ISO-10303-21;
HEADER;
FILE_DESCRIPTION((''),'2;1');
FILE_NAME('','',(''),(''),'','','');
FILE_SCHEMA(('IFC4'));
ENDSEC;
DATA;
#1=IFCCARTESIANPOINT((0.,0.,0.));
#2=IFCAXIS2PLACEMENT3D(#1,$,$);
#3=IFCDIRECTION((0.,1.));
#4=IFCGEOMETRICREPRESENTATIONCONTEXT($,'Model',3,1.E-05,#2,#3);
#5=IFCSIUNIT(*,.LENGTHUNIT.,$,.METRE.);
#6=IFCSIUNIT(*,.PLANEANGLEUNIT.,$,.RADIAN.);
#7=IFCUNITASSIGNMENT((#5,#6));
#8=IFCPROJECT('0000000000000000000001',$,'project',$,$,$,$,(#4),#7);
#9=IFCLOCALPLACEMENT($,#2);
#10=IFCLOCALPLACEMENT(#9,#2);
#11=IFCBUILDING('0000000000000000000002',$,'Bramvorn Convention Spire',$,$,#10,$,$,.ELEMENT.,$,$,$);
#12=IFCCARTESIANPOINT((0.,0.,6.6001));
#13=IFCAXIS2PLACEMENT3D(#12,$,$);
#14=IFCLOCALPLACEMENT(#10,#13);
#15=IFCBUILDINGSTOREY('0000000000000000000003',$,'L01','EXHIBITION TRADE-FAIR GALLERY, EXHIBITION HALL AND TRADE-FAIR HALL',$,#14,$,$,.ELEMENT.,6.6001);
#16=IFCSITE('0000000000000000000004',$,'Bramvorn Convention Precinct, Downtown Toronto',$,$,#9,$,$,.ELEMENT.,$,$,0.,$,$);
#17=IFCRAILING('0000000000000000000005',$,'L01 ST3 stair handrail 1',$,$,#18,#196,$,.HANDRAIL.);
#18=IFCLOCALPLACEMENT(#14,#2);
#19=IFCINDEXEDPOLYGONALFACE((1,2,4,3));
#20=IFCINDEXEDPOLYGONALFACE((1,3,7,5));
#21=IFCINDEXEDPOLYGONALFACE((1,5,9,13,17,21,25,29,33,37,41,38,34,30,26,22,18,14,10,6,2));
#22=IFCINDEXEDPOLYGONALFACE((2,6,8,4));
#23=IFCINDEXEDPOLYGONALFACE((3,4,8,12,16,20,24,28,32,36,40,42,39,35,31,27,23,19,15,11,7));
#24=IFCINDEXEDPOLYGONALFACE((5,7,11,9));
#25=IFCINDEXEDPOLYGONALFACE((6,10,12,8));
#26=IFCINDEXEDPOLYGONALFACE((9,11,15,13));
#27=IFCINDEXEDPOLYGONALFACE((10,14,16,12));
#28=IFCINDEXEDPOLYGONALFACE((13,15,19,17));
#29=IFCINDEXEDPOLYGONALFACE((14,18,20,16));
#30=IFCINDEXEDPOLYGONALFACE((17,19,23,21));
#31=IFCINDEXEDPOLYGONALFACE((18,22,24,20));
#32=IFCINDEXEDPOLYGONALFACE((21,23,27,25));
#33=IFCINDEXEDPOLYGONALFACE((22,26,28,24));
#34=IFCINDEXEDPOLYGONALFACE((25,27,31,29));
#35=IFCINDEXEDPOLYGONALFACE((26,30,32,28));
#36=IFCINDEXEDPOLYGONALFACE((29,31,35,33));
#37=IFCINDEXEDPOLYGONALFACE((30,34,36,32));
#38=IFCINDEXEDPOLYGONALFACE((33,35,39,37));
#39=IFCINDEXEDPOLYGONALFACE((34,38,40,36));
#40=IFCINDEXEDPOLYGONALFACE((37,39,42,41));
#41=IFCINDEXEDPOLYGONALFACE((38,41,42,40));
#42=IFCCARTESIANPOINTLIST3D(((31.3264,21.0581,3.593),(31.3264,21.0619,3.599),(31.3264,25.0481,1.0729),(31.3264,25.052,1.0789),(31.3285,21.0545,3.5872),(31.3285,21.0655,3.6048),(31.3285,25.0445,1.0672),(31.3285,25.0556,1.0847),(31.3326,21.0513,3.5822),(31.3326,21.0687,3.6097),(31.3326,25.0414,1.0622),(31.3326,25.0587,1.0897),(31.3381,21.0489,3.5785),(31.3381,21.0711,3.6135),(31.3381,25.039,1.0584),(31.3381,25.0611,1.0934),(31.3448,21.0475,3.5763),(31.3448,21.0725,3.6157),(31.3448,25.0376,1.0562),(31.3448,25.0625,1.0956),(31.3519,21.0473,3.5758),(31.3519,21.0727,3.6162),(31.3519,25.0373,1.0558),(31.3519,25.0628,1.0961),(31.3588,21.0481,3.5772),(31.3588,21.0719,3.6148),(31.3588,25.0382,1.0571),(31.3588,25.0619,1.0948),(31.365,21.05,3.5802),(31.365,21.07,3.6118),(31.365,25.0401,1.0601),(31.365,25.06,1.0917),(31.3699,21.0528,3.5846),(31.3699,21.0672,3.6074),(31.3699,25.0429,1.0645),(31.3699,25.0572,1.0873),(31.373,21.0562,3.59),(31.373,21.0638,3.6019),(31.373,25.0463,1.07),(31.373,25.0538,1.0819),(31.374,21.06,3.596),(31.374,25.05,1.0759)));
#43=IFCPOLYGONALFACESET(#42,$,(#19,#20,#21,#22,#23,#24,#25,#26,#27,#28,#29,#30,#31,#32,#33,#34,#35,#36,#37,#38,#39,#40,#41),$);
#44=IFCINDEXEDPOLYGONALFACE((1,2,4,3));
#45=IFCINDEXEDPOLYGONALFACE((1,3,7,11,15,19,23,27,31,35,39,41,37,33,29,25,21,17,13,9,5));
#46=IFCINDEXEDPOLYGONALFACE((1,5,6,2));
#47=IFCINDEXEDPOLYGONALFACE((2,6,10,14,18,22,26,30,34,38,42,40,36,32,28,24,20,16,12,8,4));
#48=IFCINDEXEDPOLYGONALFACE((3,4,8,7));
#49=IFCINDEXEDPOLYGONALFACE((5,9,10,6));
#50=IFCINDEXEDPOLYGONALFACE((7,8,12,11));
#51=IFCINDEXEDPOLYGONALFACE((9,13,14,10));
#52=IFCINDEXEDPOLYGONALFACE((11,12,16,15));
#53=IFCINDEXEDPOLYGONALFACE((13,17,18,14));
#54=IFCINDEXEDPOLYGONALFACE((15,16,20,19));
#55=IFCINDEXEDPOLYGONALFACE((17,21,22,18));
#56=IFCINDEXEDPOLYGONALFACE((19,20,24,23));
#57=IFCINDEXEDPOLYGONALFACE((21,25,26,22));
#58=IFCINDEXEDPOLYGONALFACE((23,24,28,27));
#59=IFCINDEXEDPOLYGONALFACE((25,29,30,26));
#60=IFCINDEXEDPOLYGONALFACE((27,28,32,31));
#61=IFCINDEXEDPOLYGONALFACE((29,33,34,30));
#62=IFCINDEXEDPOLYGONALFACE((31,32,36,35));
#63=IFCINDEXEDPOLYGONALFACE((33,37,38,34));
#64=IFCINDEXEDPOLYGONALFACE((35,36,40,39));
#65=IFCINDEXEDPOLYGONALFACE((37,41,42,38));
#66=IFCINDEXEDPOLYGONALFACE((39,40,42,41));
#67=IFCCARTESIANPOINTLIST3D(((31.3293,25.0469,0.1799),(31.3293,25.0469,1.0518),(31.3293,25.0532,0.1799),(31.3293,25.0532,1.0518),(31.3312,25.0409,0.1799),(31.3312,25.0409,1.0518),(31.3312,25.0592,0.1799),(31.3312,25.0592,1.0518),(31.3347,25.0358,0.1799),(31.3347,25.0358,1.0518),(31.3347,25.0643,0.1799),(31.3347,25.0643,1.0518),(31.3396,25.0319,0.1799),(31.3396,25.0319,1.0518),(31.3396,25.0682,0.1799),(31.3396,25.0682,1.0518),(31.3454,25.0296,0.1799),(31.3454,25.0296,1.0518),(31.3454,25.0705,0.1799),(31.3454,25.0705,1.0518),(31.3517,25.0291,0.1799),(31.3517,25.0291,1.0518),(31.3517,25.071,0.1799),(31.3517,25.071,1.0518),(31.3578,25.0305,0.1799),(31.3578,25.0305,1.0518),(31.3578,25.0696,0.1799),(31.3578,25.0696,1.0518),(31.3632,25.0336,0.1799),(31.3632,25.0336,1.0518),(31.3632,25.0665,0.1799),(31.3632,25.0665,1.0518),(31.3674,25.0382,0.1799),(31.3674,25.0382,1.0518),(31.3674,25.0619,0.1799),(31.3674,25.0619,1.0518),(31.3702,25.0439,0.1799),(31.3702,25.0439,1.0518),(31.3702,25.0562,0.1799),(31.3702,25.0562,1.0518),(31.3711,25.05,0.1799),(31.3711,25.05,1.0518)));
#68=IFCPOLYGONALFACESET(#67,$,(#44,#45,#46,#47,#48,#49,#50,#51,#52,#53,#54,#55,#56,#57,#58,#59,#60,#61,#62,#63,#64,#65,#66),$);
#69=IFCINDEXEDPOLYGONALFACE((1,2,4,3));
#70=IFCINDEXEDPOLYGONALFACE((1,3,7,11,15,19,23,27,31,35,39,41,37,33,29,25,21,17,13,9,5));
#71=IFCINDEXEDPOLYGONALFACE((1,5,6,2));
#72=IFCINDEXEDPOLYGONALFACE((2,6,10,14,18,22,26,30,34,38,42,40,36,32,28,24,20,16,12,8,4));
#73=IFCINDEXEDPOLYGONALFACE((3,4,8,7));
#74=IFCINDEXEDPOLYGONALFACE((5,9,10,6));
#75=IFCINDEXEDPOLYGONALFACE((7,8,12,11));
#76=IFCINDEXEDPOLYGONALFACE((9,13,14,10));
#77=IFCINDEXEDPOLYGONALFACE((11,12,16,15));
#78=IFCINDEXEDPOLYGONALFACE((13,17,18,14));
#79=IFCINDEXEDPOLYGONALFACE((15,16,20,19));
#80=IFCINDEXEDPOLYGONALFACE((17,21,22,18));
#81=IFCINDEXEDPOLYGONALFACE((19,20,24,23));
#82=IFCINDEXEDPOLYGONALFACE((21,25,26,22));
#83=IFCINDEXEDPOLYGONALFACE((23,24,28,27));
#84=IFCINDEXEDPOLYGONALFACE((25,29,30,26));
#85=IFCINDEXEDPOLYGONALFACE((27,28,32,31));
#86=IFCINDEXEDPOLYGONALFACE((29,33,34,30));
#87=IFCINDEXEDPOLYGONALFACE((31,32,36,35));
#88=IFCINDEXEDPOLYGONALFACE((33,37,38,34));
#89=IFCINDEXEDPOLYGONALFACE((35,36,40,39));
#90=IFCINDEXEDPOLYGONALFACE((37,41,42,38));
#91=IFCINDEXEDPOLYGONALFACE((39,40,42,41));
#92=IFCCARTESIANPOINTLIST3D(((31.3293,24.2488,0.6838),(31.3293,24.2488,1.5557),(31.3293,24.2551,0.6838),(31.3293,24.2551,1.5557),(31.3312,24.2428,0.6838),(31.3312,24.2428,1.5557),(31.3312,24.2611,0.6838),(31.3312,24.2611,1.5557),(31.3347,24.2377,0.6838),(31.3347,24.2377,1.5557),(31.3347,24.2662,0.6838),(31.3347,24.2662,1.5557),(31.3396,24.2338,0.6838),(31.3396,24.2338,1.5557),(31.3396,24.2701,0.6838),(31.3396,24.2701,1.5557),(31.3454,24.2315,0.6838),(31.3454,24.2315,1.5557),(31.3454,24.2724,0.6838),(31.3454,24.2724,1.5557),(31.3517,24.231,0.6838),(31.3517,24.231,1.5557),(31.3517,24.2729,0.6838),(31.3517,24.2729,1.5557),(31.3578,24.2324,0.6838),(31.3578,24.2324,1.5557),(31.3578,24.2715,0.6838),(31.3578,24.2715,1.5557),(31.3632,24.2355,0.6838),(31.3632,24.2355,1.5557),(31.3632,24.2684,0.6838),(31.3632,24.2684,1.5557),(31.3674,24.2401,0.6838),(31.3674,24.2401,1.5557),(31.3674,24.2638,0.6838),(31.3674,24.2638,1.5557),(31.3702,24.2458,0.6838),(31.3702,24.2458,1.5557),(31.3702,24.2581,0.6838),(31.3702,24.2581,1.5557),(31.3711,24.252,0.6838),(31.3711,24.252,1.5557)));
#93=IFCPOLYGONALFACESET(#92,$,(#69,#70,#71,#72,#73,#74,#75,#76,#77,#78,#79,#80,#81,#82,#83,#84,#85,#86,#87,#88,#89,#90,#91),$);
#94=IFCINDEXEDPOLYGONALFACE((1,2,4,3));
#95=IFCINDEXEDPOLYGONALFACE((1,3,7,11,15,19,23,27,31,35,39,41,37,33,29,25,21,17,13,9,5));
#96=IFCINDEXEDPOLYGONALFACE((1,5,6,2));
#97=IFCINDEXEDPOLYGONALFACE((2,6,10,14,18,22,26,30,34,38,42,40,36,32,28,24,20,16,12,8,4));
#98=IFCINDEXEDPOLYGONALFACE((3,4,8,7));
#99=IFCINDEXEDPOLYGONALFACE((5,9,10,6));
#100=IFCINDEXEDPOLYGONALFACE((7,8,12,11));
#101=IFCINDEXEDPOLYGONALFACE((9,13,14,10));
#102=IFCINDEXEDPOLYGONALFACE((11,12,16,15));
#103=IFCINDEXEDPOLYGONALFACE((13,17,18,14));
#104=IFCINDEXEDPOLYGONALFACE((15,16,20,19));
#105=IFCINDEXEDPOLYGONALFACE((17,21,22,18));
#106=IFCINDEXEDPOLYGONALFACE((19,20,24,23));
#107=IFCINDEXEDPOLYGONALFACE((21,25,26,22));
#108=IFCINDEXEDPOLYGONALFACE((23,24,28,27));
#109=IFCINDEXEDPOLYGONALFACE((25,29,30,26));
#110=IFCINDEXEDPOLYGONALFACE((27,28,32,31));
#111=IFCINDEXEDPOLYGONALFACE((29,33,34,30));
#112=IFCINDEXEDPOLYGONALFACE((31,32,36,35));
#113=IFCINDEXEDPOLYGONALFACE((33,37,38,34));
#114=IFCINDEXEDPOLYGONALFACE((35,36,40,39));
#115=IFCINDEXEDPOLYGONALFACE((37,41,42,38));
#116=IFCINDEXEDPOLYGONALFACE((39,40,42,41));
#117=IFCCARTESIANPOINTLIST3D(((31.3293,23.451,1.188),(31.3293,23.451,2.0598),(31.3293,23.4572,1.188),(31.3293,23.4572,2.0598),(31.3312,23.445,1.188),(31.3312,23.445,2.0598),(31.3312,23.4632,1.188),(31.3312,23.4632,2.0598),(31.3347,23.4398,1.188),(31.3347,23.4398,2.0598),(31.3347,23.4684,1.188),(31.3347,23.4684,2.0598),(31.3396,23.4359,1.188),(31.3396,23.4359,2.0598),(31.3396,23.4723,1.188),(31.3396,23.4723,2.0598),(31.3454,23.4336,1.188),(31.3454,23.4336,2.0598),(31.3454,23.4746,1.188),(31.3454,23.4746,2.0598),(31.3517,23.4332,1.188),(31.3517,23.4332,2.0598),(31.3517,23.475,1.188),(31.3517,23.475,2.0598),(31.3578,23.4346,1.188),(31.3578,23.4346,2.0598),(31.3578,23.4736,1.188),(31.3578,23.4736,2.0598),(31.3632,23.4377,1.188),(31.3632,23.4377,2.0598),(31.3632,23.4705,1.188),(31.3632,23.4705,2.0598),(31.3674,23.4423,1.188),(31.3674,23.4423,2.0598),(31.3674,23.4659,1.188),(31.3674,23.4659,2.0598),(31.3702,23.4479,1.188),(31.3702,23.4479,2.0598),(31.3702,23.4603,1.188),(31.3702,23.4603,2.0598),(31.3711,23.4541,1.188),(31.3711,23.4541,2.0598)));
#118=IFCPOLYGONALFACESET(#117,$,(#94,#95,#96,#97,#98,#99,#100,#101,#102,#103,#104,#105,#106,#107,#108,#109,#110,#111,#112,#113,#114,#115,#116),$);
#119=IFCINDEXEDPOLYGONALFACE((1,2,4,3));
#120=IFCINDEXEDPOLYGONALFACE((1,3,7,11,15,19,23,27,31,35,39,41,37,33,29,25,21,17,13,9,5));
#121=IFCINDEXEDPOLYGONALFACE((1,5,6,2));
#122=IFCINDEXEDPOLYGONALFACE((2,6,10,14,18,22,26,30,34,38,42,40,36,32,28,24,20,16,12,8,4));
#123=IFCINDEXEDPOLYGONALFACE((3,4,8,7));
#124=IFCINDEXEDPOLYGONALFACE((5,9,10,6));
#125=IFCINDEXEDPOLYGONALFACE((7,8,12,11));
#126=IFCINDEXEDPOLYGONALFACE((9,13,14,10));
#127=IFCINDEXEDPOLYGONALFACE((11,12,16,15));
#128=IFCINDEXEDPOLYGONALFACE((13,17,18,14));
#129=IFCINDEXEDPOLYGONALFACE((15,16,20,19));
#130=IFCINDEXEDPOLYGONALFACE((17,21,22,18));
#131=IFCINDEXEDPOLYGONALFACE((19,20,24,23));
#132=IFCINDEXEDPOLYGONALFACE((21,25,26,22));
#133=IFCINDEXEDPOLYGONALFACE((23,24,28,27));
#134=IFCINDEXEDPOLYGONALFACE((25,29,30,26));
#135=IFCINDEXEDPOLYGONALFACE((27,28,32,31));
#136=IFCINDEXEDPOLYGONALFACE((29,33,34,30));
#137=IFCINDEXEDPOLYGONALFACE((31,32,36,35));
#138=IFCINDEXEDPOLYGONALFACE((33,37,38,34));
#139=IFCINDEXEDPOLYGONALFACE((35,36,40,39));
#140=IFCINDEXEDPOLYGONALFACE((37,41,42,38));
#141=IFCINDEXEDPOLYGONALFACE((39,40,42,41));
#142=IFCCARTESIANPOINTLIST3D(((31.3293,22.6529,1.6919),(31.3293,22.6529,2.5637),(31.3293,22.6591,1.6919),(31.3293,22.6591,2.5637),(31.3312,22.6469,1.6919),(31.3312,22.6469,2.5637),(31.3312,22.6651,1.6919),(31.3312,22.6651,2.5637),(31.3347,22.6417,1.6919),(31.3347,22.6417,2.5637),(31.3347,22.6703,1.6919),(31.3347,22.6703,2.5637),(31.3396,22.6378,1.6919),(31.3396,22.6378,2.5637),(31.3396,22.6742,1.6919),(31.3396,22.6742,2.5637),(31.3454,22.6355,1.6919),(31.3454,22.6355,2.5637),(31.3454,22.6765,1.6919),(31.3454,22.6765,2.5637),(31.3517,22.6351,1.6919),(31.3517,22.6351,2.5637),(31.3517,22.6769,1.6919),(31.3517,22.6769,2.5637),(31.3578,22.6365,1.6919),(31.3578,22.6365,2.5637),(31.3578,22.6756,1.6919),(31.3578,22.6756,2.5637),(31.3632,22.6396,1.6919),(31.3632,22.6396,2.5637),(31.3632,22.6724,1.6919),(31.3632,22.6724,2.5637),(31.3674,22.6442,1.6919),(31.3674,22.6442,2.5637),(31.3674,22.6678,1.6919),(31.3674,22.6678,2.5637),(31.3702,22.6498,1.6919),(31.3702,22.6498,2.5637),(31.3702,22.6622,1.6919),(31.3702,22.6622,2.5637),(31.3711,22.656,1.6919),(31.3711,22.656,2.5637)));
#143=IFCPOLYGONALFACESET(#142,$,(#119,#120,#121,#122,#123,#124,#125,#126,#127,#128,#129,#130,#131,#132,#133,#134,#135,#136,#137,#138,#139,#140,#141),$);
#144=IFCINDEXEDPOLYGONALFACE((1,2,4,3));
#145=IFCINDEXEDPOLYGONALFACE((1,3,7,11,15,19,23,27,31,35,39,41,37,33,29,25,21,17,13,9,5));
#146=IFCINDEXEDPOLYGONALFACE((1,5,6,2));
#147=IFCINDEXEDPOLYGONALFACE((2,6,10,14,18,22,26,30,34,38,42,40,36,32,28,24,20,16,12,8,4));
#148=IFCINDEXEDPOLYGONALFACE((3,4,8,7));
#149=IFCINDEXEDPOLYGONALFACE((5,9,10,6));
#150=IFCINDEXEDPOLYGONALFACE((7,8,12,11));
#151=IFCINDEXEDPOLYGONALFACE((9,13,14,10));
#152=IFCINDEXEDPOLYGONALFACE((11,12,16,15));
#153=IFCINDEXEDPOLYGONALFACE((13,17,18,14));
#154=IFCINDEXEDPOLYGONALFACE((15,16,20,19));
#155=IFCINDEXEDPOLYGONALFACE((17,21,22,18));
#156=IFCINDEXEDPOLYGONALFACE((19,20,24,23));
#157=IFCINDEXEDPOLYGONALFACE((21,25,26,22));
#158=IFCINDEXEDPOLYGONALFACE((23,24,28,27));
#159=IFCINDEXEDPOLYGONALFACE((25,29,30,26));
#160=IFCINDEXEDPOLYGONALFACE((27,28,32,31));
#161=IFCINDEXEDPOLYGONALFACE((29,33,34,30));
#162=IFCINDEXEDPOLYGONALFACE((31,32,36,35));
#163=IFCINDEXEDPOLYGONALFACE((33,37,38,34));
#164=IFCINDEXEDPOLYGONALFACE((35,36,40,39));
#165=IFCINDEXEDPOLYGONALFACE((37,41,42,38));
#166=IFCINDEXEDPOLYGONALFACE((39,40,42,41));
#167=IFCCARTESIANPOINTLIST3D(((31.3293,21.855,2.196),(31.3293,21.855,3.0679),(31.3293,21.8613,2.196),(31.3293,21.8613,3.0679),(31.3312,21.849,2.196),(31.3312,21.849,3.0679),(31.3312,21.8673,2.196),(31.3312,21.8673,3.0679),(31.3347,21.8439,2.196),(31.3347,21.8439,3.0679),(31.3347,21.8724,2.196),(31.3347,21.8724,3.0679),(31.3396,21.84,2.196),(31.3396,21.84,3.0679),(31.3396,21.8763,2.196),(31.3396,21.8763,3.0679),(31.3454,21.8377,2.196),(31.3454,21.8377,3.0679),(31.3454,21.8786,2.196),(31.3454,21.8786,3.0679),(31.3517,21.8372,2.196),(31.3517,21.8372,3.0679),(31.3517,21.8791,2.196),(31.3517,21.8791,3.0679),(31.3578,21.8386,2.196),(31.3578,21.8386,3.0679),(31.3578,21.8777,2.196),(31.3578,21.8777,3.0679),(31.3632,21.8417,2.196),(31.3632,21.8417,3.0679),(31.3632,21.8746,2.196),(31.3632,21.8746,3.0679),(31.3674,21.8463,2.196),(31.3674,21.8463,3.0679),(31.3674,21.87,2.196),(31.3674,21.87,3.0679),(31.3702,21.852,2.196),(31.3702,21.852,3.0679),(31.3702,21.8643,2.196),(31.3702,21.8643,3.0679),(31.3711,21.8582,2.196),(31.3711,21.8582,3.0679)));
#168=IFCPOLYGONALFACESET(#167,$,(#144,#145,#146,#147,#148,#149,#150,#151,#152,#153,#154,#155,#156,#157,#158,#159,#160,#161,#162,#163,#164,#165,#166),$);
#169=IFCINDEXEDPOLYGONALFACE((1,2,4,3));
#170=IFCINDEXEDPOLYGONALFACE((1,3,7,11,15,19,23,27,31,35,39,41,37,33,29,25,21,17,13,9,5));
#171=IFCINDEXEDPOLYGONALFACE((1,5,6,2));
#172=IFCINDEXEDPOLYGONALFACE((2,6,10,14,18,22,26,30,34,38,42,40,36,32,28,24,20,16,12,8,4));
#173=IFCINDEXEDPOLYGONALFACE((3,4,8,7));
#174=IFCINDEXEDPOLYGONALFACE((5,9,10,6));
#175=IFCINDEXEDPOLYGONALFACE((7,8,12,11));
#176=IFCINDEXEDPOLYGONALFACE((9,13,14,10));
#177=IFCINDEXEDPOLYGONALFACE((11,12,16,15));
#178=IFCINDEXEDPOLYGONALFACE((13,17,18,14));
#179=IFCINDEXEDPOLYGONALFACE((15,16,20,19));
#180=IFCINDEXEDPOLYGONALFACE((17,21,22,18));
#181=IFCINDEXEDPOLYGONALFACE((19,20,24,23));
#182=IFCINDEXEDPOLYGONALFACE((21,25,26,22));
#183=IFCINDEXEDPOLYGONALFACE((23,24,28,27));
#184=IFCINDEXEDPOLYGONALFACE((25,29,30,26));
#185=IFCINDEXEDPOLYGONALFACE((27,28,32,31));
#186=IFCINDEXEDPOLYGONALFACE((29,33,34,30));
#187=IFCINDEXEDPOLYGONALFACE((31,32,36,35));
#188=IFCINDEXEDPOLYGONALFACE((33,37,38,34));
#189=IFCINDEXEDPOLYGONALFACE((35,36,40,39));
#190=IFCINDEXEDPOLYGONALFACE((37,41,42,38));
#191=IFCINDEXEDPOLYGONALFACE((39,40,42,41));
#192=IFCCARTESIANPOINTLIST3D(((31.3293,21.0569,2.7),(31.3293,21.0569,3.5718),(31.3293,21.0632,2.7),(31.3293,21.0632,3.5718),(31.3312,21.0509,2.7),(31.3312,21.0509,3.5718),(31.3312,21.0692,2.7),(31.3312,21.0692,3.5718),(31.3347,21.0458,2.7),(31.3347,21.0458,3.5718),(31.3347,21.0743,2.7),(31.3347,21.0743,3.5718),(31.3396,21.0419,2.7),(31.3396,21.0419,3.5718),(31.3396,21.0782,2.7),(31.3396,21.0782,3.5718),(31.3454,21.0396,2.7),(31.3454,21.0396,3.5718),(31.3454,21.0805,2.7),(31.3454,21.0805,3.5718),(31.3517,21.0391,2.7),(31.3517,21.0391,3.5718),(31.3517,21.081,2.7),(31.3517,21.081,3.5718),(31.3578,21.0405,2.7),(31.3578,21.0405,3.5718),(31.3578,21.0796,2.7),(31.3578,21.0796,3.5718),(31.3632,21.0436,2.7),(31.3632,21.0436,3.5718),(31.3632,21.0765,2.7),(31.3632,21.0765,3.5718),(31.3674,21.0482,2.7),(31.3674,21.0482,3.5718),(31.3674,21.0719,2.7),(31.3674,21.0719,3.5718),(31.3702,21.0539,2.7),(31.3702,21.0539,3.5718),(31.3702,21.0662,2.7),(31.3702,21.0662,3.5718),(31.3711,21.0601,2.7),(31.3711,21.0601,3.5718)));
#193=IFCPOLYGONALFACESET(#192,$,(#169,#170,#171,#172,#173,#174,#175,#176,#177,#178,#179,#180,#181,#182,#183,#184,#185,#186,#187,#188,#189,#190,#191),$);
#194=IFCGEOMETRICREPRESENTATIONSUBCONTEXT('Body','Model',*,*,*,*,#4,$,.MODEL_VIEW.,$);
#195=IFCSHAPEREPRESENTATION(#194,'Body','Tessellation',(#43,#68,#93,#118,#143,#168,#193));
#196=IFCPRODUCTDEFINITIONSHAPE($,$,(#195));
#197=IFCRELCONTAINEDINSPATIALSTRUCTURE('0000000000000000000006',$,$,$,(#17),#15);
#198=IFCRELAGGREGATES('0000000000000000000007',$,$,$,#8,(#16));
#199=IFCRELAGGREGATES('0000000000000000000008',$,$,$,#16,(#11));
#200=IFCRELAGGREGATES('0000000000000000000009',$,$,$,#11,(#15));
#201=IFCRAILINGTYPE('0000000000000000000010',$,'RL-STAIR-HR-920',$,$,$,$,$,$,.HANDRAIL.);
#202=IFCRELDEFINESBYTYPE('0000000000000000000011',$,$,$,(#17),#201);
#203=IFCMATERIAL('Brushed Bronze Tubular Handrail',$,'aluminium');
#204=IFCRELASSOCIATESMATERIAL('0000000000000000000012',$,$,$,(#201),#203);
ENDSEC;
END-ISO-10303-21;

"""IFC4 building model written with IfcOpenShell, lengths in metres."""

from ifc_helpers import new_model, si_unit, direction, frame, origin, origin_2d, place, context, subcontext, project, spatial, circle, extrude, material, type_object, element, save


model = new_model("IFC4")

# Units and contexts
model_context = context("Model", 3, precision=1e-05, world=origin(), true_north=direction((0.0, 1.0)))
body_context = subcontext(model_context, "Body", "Model", "MODEL_VIEW")
ifc_project = project(units=[si_unit("LENGTHUNIT", "METRE"), si_unit("PLANEANGLEUNIT", "RADIAN")], contexts=[model_context])

# Site, building, storey
site_placement = place(None, origin())
site = spatial("IfcSite", under=ifc_project, at=site_placement, Name="Bramvorn Convention Precinct, Downtown Toronto", CompositionType="ELEMENT", RefElevation=0.0)
building_placement = place(site_placement, origin())
building = spatial("IfcBuilding", under=site, at=building_placement, Name="Bramvorn Convention Spire", CompositionType="ELEMENT")
storey_placement = place(building_placement, frame((0.0, 0.0, 6.6001)))
storey = spatial("IfcBuildingStorey", under=building, at=storey_placement, Name="L01", Description="EXHIBITION TRADE-FAIR GALLERY, EXHIBITION HALL AND TRADE-FAIR HALL", CompositionType="ELEMENT", Elevation=6.6001)

# Railing
ifc_material_1 = material(Name="Brushed Bronze Tubular Handrail", Category="aluminium")
railing_type_1 = type_object("IfcRailingType", Name="RL-STAIR-HR-920", PredefinedType="HANDRAIL", material=ifc_material_1)
railing_1_placement = place(storey_placement, frame((31.3501, 25.05, 0.1799)))
element("IfcRailing", 1, at=railing_1_placement, inside=storey, type_object=railing_type_1, Name="L01 ST3 stair handrail 1", PredefinedType="HANDRAIL", context=body_context, shape_type="SweptSolid", body=[
    extrude(circle(Radius=0.0239, at=origin_2d()), frame((0.0, 0.0, 0.896), z_axis=(0.0, -0.845486, 0.533997), x_axis=(1.0, 0.0, 0.0)), (0.0, 0.0, 1.0), 4.7192),
    extrude(circle(Radius=0.021, at=origin_2d()), origin(), (0.0, 0.0, 1.0), 0.8718),
    extrude(circle(Radius=0.021, at=origin_2d()), frame((0.0, -0.7981, 0.5039)), (0.0, 0.0, 1.0), 0.8718),
    extrude(circle(Radius=0.021, at=origin_2d()), frame((0.0, -1.5959, 1.0081)), (0.0, 0.0, 1.0), 0.8718),
    extrude(circle(Radius=0.021, at=origin_2d()), frame((0.0, -2.394, 1.512)), (0.0, 0.0, 1.0), 0.8718),
    extrude(circle(Radius=0.021, at=origin_2d()), frame((0.0, -3.1919, 2.0161)), (0.0, 0.0, 1.0), 0.8718),
    extrude(circle(Radius=0.021, at=origin_2d()), frame((0.0, -3.99, 2.52)), (0.0, 0.0, 1.0), 0.8718),
])

save(model, "model.ifc")
